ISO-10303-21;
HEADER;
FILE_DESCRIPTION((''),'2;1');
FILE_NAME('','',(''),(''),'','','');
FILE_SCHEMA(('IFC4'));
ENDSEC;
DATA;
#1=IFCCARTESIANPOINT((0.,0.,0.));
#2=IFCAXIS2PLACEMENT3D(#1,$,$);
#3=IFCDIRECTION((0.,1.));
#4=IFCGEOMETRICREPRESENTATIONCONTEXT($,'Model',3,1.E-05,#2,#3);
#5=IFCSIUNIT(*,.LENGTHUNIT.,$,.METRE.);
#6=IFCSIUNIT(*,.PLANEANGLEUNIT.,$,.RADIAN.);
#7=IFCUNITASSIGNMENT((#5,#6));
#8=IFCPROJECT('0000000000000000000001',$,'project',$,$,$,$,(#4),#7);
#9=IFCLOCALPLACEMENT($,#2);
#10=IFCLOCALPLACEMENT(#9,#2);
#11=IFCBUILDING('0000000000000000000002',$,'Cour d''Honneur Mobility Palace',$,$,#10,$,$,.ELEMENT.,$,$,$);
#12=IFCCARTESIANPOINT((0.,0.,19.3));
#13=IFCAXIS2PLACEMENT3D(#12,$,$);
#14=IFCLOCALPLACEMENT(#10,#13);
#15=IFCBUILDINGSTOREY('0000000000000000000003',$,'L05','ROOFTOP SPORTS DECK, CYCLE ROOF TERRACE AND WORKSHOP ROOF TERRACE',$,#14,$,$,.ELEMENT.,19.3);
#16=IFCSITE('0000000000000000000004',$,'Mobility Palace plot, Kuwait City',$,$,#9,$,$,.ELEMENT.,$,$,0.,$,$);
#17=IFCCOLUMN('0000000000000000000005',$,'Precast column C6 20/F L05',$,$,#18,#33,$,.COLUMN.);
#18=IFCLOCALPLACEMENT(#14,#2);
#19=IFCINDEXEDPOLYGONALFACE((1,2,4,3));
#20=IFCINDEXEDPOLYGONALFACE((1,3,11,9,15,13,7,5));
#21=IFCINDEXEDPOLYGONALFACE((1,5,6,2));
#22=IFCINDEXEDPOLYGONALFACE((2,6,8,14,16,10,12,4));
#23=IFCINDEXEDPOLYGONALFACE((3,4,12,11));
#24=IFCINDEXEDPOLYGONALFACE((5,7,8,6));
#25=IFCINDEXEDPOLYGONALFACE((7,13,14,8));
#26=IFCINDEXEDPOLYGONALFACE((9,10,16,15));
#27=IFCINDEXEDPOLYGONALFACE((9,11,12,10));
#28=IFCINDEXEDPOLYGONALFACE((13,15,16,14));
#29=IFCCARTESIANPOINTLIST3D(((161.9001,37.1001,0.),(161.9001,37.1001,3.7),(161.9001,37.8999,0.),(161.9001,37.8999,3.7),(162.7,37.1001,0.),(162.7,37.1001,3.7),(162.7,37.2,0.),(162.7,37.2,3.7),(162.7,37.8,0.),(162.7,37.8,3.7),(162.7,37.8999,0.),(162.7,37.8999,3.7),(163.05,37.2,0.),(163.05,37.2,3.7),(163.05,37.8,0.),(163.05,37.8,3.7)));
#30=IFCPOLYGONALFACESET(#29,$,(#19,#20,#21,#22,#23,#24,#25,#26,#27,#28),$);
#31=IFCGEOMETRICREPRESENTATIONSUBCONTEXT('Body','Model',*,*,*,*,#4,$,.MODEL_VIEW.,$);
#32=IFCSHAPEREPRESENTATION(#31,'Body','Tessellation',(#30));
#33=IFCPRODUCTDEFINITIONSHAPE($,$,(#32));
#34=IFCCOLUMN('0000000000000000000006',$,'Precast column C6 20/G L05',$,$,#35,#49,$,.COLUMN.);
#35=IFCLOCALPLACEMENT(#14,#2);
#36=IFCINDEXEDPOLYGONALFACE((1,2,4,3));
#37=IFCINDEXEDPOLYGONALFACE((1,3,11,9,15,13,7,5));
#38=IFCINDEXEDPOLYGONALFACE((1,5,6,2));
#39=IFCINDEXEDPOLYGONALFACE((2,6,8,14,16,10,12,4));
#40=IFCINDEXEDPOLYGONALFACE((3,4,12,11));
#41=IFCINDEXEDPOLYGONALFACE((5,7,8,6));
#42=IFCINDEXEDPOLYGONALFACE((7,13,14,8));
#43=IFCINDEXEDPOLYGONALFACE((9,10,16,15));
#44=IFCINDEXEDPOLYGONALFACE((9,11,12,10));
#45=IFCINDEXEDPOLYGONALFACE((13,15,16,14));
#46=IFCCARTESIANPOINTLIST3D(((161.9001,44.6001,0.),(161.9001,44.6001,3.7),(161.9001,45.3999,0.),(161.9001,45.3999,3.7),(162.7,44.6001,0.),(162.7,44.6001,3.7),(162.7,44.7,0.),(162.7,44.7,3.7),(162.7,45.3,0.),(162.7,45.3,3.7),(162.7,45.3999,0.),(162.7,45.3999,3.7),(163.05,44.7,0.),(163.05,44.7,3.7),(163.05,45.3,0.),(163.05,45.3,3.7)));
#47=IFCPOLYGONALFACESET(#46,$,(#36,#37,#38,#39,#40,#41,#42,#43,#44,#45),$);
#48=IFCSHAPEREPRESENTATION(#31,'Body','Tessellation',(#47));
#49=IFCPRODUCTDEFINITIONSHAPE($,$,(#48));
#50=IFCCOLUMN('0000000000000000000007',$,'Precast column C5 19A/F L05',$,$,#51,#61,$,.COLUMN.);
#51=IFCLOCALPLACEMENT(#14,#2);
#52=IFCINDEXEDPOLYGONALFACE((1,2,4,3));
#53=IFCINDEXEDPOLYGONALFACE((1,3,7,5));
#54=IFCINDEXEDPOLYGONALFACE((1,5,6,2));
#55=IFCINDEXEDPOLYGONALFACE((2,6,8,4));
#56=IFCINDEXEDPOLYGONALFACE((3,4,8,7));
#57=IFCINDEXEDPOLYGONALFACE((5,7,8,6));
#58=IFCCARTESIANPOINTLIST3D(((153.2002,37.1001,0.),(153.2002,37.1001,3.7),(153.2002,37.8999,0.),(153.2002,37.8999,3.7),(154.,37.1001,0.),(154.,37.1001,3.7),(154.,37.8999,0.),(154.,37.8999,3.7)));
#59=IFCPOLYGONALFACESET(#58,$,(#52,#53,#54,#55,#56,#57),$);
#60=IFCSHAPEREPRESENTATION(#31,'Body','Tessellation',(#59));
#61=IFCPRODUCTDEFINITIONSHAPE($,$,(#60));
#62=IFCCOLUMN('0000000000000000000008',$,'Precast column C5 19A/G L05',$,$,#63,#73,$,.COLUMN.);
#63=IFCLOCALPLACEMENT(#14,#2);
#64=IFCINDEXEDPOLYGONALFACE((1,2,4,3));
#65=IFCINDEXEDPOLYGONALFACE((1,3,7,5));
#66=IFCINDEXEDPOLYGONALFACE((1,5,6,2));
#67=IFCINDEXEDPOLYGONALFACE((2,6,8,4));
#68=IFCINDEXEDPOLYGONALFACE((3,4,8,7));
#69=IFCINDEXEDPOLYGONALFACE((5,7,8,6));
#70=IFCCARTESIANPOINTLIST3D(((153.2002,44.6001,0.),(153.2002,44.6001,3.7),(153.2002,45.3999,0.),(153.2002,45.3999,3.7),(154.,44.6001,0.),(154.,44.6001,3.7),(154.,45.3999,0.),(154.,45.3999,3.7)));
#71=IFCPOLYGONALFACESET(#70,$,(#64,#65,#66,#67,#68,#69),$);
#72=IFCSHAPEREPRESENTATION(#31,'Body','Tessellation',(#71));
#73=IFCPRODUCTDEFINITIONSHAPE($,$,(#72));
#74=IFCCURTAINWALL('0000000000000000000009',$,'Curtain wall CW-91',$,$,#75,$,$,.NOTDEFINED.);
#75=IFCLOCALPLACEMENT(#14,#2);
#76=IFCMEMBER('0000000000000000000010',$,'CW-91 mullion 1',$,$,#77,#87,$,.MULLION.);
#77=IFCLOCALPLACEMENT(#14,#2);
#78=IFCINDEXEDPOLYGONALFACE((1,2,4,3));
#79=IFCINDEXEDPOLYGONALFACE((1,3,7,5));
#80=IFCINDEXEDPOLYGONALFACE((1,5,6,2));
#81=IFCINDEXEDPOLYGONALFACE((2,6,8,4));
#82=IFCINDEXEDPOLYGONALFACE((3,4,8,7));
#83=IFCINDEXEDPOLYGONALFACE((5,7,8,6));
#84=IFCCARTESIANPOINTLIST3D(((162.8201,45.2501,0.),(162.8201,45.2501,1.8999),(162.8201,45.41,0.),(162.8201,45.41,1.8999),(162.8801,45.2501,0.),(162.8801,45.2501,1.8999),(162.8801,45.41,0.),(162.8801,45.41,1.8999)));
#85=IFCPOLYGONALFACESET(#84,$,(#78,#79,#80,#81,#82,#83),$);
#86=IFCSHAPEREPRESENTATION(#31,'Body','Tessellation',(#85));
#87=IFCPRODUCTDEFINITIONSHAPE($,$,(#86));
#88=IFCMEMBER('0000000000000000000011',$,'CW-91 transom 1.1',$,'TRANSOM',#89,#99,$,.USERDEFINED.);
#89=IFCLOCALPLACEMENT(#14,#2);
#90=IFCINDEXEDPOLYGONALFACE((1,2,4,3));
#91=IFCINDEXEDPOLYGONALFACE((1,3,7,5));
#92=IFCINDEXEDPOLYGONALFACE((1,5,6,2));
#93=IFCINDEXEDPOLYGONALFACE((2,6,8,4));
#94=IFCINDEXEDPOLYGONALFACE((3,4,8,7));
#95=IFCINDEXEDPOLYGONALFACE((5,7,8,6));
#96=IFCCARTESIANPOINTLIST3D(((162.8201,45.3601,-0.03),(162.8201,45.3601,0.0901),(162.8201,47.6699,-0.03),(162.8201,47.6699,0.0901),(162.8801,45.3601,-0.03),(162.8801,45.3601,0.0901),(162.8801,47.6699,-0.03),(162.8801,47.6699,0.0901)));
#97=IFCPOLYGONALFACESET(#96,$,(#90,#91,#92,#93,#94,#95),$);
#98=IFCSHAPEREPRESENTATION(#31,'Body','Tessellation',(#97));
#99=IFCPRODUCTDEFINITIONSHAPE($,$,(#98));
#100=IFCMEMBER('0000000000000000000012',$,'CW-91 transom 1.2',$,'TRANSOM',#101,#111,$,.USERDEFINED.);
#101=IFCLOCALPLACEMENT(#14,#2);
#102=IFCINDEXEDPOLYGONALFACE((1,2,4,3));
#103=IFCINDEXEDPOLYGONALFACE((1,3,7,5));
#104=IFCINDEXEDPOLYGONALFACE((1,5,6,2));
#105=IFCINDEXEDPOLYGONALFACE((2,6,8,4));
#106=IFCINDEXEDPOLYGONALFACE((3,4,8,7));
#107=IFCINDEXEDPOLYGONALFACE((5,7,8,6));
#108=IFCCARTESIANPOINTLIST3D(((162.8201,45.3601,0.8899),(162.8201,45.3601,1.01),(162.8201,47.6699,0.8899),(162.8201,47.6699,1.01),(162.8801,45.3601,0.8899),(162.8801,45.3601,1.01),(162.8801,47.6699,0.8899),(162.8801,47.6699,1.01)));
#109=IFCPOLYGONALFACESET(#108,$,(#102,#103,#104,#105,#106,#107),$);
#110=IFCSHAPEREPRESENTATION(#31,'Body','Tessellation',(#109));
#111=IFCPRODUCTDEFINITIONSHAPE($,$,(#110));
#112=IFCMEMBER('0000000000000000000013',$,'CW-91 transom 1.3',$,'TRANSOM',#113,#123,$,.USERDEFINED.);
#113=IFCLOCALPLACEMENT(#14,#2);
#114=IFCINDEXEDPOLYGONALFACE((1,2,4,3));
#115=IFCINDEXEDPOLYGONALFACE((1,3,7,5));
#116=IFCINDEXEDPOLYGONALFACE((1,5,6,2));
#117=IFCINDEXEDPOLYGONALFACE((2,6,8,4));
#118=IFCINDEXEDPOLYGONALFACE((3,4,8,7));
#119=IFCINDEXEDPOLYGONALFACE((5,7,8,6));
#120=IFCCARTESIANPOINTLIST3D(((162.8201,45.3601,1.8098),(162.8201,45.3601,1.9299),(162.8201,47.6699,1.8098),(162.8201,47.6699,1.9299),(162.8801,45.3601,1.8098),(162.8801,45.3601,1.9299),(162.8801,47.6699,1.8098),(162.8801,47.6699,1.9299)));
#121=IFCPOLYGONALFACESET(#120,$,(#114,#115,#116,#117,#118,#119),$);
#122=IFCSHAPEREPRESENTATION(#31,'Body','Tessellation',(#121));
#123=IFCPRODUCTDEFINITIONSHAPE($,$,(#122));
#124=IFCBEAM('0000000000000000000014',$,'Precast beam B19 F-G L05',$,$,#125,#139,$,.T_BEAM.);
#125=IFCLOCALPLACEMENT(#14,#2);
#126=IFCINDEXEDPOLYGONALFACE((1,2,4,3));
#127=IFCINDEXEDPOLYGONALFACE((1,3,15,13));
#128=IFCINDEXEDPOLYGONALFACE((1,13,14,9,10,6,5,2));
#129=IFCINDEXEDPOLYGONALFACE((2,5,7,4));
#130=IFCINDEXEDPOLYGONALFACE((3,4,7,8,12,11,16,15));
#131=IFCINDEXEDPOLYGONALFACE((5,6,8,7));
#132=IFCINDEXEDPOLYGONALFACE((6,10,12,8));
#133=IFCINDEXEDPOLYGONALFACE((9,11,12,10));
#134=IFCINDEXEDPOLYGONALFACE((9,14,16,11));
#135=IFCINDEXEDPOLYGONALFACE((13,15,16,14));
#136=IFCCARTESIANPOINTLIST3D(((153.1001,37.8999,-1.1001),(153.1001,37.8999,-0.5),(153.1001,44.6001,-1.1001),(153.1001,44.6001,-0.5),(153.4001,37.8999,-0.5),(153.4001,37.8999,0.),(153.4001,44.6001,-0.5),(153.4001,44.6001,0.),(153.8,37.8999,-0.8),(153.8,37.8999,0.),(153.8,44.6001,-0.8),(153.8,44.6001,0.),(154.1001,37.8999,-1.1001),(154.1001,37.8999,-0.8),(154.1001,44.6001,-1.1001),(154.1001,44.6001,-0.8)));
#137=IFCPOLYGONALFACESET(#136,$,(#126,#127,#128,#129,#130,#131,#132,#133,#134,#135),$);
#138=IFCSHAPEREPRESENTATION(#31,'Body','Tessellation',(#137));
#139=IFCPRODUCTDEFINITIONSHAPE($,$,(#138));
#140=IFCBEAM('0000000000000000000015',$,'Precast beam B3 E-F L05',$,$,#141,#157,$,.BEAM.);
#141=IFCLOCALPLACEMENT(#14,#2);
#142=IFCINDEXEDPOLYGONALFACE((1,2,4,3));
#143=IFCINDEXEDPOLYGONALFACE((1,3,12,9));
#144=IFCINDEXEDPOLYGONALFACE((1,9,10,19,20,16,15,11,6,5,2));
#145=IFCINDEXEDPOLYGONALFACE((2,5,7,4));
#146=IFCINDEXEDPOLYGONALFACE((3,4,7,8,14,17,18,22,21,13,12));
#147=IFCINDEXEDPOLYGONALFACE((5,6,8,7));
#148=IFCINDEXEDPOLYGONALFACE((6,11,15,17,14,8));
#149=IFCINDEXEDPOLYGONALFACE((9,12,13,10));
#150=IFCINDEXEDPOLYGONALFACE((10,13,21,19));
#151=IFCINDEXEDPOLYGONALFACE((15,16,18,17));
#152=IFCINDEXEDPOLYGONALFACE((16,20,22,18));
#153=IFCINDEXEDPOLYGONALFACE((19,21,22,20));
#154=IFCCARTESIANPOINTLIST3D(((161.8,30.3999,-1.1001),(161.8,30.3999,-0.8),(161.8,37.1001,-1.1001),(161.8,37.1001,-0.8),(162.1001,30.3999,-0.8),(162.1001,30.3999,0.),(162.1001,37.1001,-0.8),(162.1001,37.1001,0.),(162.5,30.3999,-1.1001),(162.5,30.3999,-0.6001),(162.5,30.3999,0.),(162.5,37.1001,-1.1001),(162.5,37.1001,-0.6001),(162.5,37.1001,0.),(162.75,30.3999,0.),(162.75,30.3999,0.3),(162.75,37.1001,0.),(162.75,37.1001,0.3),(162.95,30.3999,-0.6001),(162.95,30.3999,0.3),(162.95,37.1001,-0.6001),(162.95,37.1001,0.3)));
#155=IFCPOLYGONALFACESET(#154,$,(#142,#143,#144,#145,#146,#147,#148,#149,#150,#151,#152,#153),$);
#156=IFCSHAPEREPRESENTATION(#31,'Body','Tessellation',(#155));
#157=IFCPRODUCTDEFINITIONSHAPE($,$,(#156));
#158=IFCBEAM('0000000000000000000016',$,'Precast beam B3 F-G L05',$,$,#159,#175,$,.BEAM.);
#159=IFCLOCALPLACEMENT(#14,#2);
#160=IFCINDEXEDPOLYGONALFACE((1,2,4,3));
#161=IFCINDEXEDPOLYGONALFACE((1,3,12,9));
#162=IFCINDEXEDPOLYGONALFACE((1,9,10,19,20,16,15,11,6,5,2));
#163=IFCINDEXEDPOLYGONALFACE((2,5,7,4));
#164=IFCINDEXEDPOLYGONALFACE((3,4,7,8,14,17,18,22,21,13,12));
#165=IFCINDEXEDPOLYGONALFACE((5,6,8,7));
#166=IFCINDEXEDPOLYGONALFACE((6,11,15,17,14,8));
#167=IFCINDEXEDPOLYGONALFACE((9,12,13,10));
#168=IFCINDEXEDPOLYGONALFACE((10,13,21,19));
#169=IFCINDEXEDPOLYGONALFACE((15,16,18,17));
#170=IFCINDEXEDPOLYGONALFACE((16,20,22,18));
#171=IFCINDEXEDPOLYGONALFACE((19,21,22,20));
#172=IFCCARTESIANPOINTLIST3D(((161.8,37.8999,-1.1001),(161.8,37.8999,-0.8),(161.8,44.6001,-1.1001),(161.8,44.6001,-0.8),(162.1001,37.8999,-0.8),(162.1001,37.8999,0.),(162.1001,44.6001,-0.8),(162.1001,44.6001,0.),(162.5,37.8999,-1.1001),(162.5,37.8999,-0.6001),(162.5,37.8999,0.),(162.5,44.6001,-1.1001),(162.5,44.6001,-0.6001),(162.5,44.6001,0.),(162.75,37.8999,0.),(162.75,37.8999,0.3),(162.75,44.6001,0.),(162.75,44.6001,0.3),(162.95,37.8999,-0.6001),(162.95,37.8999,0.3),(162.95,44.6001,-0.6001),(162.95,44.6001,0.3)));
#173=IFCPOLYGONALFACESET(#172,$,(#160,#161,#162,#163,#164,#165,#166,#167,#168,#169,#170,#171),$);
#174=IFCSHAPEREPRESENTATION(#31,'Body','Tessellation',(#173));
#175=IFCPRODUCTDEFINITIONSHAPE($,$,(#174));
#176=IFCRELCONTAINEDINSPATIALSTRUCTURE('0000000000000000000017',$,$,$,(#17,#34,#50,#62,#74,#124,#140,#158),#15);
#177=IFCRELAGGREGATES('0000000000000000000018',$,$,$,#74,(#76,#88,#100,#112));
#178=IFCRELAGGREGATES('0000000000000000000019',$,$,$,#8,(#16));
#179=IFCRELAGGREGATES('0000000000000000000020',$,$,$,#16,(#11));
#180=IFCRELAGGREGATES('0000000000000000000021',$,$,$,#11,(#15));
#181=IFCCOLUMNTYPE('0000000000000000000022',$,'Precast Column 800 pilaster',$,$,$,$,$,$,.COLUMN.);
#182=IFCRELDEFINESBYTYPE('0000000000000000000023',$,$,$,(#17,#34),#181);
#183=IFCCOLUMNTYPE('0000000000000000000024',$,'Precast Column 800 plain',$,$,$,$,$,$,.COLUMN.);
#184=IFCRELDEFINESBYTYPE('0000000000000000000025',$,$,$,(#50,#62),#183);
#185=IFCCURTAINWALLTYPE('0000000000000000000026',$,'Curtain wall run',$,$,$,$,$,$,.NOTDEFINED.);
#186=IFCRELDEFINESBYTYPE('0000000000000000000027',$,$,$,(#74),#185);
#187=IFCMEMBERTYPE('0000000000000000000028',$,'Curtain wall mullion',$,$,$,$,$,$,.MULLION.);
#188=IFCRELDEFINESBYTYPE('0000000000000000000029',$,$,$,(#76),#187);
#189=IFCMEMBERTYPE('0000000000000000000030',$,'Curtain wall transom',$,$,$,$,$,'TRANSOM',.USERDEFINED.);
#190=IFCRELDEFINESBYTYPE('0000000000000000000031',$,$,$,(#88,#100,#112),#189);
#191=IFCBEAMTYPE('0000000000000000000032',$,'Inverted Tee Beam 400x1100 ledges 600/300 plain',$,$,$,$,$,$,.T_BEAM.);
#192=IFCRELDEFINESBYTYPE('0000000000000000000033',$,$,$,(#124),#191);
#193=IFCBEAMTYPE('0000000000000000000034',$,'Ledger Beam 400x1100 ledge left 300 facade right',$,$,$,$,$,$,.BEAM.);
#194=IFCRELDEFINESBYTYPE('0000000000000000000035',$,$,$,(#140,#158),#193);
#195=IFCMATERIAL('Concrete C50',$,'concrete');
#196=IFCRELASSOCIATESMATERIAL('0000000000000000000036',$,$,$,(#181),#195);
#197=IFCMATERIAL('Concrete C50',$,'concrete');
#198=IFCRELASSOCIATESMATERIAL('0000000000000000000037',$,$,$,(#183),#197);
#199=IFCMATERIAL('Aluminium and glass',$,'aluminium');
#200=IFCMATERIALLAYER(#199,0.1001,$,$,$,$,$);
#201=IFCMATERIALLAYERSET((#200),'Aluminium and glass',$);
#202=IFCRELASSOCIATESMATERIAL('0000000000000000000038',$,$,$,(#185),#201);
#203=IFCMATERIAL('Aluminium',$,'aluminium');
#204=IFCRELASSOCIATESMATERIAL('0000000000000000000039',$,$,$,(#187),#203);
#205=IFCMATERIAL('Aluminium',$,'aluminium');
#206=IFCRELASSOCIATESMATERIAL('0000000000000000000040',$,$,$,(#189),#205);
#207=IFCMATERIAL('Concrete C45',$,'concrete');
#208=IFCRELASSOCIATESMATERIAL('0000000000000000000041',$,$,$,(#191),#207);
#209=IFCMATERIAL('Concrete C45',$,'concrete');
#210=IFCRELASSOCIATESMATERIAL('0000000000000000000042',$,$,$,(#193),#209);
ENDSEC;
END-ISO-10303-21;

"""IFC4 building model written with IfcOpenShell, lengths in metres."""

from ifc_helpers import new_model, si_unit, direction, frame, origin, origin_2d, place, context, subcontext, project, spatial, polyline, rectangle, outline, extrude, material, layer, layer_set, material_profile, profile_set, type_object, element, aggregate, save


model = new_model("IFC4")

# Units and contexts
model_context = context("Model", 3, precision=1e-05, world=origin(), true_north=direction((0.0, 1.0)))
body_context = subcontext(model_context, "Body", "Model", "MODEL_VIEW")
ifc_project = project(units=[si_unit("LENGTHUNIT", "METRE"), si_unit("PLANEANGLEUNIT", "RADIAN")], contexts=[model_context])

# Site, building, storey
site_placement = place(None, origin())
site = spatial("IfcSite", under=ifc_project, at=site_placement, Name="Mobility Palace plot, Kuwait City", CompositionType="ELEMENT", RefElevation=0.0)
building_placement = place(site_placement, origin())
building = spatial("IfcBuilding", under=site, at=building_placement, Name="Cour d'Honneur Mobility Palace", CompositionType="ELEMENT")
storey_placement = place(building_placement, frame((0.0, 0.0, 19.3)))
storey = spatial("IfcBuildingStorey", under=building, at=storey_placement, Name="L05", Description="ROOFTOP SPORTS DECK, CYCLE ROOF TERRACE AND WORKSHOP ROOF TERRACE", CompositionType="ELEMENT", Elevation=19.3)

# Columns
ifc_material_1 = material(Name="Concrete C50", Category="concrete")
ifc_material_profile_1 = material_profile(ifc_material_1, outline(polyline([(-0.3999, -0.3999), (0.3999, -0.3999), (0.3999, -0.3), (0.75, -0.3), (0.75, 0.3), (0.3999, 0.3), (0.3999, 0.3999), (-0.3999, 0.3999), (-0.3999, -0.3999)])), Name="PC C800 pilaster")
ifc_profile_set_1 = profile_set([ifc_material_profile_1], Name="Concrete C50")
column_type_1 = type_object("IfcColumnType", Name="Precast Column 800 pilaster", PredefinedType="COLUMN", material=ifc_profile_set_1)
for number, where, z_axis, x_axis, name in (
    (1, (162.3, 37.5, 0.0), (0.0, 0.0, 1.0), (1.0, 0.0, 0.0), "Precast column C6 20/F L05"),
    (2, (162.3, 45.0, 0.0), (0.0, 0.0, 1.0), (1.0, 0.0, 0.0), "Precast column C6 20/G L05"),
):
    element("IfcColumn", number, at=place(storey_placement, frame(where, z_axis=z_axis, x_axis=x_axis)), inside=storey, type_object=column_type_1, Name=name, PredefinedType="COLUMN", context=body_context, shape_type="SweptSolid", body=[
        extrude(outline(polyline([(-0.3999, -0.3999), (0.3999, -0.3999), (0.3999, -0.3), (0.75, -0.3), (0.75, 0.3), (0.3999, 0.3), (0.3999, 0.3999), (-0.3999, 0.3999), (-0.3999, -0.3999)])), origin(), (0.0, 0.0, 1.0), 3.7),
    ])
ifc_material_2 = material(Name="Concrete C50", Category="concrete")
ifc_material_profile_2 = material_profile(ifc_material_2, outline(polyline([(-0.3999, -0.3999), (0.3999, -0.3999), (0.3999, 0.3999), (-0.3999, 0.3999), (-0.3999, -0.3999)])), Name="PC C800 plain")
ifc_profile_set_2 = profile_set([ifc_material_profile_2], Name="Concrete C50")
column_type_2 = type_object("IfcColumnType", Name="Precast Column 800 plain", PredefinedType="COLUMN", material=ifc_profile_set_2)
for number, where, z_axis, x_axis, name in (
    (3, (153.6001, 37.5, 0.0), (0.0, 0.0, 1.0), (1.0, 0.0, 0.0), "Precast column C5 19A/F L05"),
    (4, (153.6001, 45.0, 0.0), (0.0, 0.0, 1.0), (1.0, 0.0, 0.0), "Precast column C5 19A/G L05"),
):
    element("IfcColumn", number, at=place(storey_placement, frame(where, z_axis=z_axis, x_axis=x_axis)), inside=storey, type_object=column_type_2, Name=name, PredefinedType="COLUMN", context=body_context, shape_type="SweptSolid", body=[
        extrude(outline(polyline([(-0.3999, -0.3999), (0.3999, -0.3999), (0.3999, 0.3999), (-0.3999, 0.3999), (-0.3999, -0.3999)])), origin(), (0.0, 0.0, 1.0), 3.7),
    ])

# Curtain wall, members
ifc_material_3 = material(Name="Aluminium and glass", Category="aluminium")
ifc_layer_1 = layer(ifc_material_3, 0.1001)
ifc_layer_set_1 = layer_set([ifc_layer_1], Name="Aluminium and glass")
curtain_wall_type = type_object("IfcCurtainWallType", Name="Curtain wall run", PredefinedType="NOTDEFINED", material=ifc_layer_set_1)
curtain_wall_placement = place(storey_placement, origin())
curtain_wall = element("IfcCurtainWall", 5, at=curtain_wall_placement, inside=storey, type_object=curtain_wall_type, Name="Curtain wall CW-91", PredefinedType="NOTDEFINED")
ifc_material_4 = material(Name="Aluminium", Category="aluminium")
ifc_material_profile_3 = material_profile(ifc_material_4, rectangle(XDim=0.0601, YDim=0.1599, at=origin_2d()), Name="Curtain wall mullion")
ifc_profile_set_3 = profile_set([ifc_material_profile_3], Name="Aluminium")
member_type_1 = type_object("IfcMemberType", Name="Curtain wall mullion", PredefinedType="MULLION", material=ifc_profile_set_3)
member_1_placement = place(storey_placement, frame((162.8501, 45.3301, 0.0), z_axis=(0.0, 0.0, 1.0), x_axis=(-1.0, 0.0, 0.0)))
member_1 = element("IfcMember", 6, at=member_1_placement, type_object=member_type_1, Name="CW-91 mullion 1", PredefinedType="MULLION", context=body_context, shape_type="SweptSolid", body=[
    extrude(rectangle(XDim=0.0601, YDim=0.1599, at=origin_2d()), origin(), (0.0, 0.0, 1.0), 1.8999),
])
ifc_material_5 = material(Name="Aluminium", Category="aluminium")
ifc_material_profile_4 = material_profile(ifc_material_5, rectangle(XDim=0.0601, YDim=0.1201, at=origin_2d()), Name="Curtain wall transom")
ifc_profile_set_4 = profile_set([ifc_material_profile_4], Name="Aluminium")
member_type_2 = type_object("IfcMemberType", Name="Curtain wall transom", ElementType="TRANSOM", PredefinedType="USERDEFINED", material=ifc_profile_set_4)
member_2_placement = place(storey_placement, frame((162.8501, 45.3601, 0.03), z_axis=(0.0, 1.0, 0.0), x_axis=(-1.0, 0.0, 0.0)))
member_2 = element("IfcMember", 7, at=member_2_placement, type_object=member_type_2, Name="CW-91 transom 1.1", ObjectType="TRANSOM", PredefinedType="USERDEFINED", context=body_context, shape_type="SweptSolid", body=[
    extrude(rectangle(XDim=0.0601, YDim=0.1201, at=origin_2d()), origin(), (0.0, 0.0, 1.0), 2.3098),
])
member_3_placement = place(storey_placement, frame((162.8501, 45.3601, 0.95), z_axis=(0.0, 1.0, 0.0), x_axis=(-1.0, 0.0, 0.0)))
member_3 = element("IfcMember", 8, at=member_3_placement, type_object=member_type_2, Name="CW-91 transom 1.2", ObjectType="TRANSOM", PredefinedType="USERDEFINED", context=body_context, shape_type="SweptSolid", body=[
    extrude(rectangle(XDim=0.0601, YDim=0.1201, at=origin_2d()), origin(), (0.0, 0.0, 1.0), 2.3098),
])
member_4_placement = place(storey_placement, frame((162.8501, 45.3601, 1.8699), z_axis=(0.0, 1.0, 0.0), x_axis=(-1.0, 0.0, 0.0)))
member_4 = element("IfcMember", 9, at=member_4_placement, type_object=member_type_2, Name="CW-91 transom 1.3", ObjectType="TRANSOM", PredefinedType="USERDEFINED", context=body_context, shape_type="SweptSolid", body=[
    extrude(rectangle(XDim=0.0601, YDim=0.1201, at=origin_2d()), origin(), (0.0, 0.0, 1.0), 2.3098),
])

# Beams
ifc_material_6 = material(Name="Concrete C45", Category="concrete")
ifc_material_profile_5 = material_profile(ifc_material_6, outline(polyline([(0.5, -1.1001), (0.5, -0.5), (0.2, -0.5), (0.2, 0.0), (-0.2, 0.0), (-0.2, -0.8), (-0.5, -0.8), (-0.5, -1.1001), (0.5, -1.1001)])), Name="Inverted Tee Beam 400x1100 ledges 600/300 plain")
ifc_profile_set_5 = profile_set([ifc_material_profile_5], Name="Concrete C45")
beam_type_1 = type_object("IfcBeamType", Name="Inverted Tee Beam 400x1100 ledges 600/300 plain", PredefinedType="T_BEAM", material=ifc_profile_set_5)
beam_1_placement = place(storey_placement, frame((153.6001, 37.8999, 0.0), z_axis=(0.0, 1.0, 0.0), x_axis=(-1.0, 0.0, 0.0)))
element("IfcBeam", 10, at=beam_1_placement, inside=storey, type_object=beam_type_1, Name="Precast beam B19 F-G L05", PredefinedType="T_BEAM", context=body_context, shape_type="SweptSolid", body=[
    extrude(outline(polyline([(0.5, -1.1001), (0.5, -0.5), (0.2, -0.5), (0.2, 0.0), (-0.2, 0.0), (-0.2, -0.8), (-0.5, -0.8), (-0.5, -1.1001), (0.5, -1.1001)])), origin(), (0.0, 0.0, 1.0), 6.7002),
])
ifc_material_7 = material(Name="Concrete C45", Category="concrete")
ifc_material_profile_6 = material_profile(ifc_material_7, outline(polyline([(0.5, -1.1001), (0.5, -0.8), (0.2, -0.8), (0.2, 0.0), (-0.2, 0.0), (-0.45, 0.0), (-0.45, 0.3), (-0.6499, 0.3), (-0.6499, -0.6001), (-0.2, -0.6001), (-0.2, -1.1001), (0.5, -1.1001)])), Name="Ledger Beam 400x1100 ledge left 300 facade right")
ifc_profile_set_6 = profile_set([ifc_material_profile_6], Name="Concrete C45")
beam_type_2 = type_object("IfcBeamType", Name="Ledger Beam 400x1100 ledge left 300 facade right", PredefinedType="BEAM", material=ifc_profile_set_6)
for number, where, z_axis, x_axis, name in (
    (11, (162.3, 30.3999, 0.0), (0.0, 1.0, 0.0), (-1.0, 0.0, 0.0), "Precast beam B3 E-F L05"),
    (12, (162.3, 37.8999, 0.0), (0.0, 1.0, 0.0), (-1.0, 0.0, 0.0), "Precast beam B3 F-G L05"),
):
    element("IfcBeam", number, at=place(storey_placement, frame(where, z_axis=z_axis, x_axis=x_axis)), inside=storey, type_object=beam_type_2, Name=name, PredefinedType="BEAM", context=body_context, shape_type="SweptSolid", body=[
        extrude(outline(polyline([(0.5, -1.1001), (0.5, -0.8), (0.2, -0.8), (0.2, 0.0), (-0.2, 0.0), (-0.45, 0.0), (-0.45, 0.3), (-0.6499, 0.3), (-0.6499, -0.6001), (-0.2, -0.6001), (-0.2, -1.1001), (0.5, -1.1001)])), origin(), (0.0, 0.0, 1.0), 6.7002),
    ])

aggregate(curtain_wall, [member_1, member_2, member_3, member_4])

save(model, "model.ifc")
